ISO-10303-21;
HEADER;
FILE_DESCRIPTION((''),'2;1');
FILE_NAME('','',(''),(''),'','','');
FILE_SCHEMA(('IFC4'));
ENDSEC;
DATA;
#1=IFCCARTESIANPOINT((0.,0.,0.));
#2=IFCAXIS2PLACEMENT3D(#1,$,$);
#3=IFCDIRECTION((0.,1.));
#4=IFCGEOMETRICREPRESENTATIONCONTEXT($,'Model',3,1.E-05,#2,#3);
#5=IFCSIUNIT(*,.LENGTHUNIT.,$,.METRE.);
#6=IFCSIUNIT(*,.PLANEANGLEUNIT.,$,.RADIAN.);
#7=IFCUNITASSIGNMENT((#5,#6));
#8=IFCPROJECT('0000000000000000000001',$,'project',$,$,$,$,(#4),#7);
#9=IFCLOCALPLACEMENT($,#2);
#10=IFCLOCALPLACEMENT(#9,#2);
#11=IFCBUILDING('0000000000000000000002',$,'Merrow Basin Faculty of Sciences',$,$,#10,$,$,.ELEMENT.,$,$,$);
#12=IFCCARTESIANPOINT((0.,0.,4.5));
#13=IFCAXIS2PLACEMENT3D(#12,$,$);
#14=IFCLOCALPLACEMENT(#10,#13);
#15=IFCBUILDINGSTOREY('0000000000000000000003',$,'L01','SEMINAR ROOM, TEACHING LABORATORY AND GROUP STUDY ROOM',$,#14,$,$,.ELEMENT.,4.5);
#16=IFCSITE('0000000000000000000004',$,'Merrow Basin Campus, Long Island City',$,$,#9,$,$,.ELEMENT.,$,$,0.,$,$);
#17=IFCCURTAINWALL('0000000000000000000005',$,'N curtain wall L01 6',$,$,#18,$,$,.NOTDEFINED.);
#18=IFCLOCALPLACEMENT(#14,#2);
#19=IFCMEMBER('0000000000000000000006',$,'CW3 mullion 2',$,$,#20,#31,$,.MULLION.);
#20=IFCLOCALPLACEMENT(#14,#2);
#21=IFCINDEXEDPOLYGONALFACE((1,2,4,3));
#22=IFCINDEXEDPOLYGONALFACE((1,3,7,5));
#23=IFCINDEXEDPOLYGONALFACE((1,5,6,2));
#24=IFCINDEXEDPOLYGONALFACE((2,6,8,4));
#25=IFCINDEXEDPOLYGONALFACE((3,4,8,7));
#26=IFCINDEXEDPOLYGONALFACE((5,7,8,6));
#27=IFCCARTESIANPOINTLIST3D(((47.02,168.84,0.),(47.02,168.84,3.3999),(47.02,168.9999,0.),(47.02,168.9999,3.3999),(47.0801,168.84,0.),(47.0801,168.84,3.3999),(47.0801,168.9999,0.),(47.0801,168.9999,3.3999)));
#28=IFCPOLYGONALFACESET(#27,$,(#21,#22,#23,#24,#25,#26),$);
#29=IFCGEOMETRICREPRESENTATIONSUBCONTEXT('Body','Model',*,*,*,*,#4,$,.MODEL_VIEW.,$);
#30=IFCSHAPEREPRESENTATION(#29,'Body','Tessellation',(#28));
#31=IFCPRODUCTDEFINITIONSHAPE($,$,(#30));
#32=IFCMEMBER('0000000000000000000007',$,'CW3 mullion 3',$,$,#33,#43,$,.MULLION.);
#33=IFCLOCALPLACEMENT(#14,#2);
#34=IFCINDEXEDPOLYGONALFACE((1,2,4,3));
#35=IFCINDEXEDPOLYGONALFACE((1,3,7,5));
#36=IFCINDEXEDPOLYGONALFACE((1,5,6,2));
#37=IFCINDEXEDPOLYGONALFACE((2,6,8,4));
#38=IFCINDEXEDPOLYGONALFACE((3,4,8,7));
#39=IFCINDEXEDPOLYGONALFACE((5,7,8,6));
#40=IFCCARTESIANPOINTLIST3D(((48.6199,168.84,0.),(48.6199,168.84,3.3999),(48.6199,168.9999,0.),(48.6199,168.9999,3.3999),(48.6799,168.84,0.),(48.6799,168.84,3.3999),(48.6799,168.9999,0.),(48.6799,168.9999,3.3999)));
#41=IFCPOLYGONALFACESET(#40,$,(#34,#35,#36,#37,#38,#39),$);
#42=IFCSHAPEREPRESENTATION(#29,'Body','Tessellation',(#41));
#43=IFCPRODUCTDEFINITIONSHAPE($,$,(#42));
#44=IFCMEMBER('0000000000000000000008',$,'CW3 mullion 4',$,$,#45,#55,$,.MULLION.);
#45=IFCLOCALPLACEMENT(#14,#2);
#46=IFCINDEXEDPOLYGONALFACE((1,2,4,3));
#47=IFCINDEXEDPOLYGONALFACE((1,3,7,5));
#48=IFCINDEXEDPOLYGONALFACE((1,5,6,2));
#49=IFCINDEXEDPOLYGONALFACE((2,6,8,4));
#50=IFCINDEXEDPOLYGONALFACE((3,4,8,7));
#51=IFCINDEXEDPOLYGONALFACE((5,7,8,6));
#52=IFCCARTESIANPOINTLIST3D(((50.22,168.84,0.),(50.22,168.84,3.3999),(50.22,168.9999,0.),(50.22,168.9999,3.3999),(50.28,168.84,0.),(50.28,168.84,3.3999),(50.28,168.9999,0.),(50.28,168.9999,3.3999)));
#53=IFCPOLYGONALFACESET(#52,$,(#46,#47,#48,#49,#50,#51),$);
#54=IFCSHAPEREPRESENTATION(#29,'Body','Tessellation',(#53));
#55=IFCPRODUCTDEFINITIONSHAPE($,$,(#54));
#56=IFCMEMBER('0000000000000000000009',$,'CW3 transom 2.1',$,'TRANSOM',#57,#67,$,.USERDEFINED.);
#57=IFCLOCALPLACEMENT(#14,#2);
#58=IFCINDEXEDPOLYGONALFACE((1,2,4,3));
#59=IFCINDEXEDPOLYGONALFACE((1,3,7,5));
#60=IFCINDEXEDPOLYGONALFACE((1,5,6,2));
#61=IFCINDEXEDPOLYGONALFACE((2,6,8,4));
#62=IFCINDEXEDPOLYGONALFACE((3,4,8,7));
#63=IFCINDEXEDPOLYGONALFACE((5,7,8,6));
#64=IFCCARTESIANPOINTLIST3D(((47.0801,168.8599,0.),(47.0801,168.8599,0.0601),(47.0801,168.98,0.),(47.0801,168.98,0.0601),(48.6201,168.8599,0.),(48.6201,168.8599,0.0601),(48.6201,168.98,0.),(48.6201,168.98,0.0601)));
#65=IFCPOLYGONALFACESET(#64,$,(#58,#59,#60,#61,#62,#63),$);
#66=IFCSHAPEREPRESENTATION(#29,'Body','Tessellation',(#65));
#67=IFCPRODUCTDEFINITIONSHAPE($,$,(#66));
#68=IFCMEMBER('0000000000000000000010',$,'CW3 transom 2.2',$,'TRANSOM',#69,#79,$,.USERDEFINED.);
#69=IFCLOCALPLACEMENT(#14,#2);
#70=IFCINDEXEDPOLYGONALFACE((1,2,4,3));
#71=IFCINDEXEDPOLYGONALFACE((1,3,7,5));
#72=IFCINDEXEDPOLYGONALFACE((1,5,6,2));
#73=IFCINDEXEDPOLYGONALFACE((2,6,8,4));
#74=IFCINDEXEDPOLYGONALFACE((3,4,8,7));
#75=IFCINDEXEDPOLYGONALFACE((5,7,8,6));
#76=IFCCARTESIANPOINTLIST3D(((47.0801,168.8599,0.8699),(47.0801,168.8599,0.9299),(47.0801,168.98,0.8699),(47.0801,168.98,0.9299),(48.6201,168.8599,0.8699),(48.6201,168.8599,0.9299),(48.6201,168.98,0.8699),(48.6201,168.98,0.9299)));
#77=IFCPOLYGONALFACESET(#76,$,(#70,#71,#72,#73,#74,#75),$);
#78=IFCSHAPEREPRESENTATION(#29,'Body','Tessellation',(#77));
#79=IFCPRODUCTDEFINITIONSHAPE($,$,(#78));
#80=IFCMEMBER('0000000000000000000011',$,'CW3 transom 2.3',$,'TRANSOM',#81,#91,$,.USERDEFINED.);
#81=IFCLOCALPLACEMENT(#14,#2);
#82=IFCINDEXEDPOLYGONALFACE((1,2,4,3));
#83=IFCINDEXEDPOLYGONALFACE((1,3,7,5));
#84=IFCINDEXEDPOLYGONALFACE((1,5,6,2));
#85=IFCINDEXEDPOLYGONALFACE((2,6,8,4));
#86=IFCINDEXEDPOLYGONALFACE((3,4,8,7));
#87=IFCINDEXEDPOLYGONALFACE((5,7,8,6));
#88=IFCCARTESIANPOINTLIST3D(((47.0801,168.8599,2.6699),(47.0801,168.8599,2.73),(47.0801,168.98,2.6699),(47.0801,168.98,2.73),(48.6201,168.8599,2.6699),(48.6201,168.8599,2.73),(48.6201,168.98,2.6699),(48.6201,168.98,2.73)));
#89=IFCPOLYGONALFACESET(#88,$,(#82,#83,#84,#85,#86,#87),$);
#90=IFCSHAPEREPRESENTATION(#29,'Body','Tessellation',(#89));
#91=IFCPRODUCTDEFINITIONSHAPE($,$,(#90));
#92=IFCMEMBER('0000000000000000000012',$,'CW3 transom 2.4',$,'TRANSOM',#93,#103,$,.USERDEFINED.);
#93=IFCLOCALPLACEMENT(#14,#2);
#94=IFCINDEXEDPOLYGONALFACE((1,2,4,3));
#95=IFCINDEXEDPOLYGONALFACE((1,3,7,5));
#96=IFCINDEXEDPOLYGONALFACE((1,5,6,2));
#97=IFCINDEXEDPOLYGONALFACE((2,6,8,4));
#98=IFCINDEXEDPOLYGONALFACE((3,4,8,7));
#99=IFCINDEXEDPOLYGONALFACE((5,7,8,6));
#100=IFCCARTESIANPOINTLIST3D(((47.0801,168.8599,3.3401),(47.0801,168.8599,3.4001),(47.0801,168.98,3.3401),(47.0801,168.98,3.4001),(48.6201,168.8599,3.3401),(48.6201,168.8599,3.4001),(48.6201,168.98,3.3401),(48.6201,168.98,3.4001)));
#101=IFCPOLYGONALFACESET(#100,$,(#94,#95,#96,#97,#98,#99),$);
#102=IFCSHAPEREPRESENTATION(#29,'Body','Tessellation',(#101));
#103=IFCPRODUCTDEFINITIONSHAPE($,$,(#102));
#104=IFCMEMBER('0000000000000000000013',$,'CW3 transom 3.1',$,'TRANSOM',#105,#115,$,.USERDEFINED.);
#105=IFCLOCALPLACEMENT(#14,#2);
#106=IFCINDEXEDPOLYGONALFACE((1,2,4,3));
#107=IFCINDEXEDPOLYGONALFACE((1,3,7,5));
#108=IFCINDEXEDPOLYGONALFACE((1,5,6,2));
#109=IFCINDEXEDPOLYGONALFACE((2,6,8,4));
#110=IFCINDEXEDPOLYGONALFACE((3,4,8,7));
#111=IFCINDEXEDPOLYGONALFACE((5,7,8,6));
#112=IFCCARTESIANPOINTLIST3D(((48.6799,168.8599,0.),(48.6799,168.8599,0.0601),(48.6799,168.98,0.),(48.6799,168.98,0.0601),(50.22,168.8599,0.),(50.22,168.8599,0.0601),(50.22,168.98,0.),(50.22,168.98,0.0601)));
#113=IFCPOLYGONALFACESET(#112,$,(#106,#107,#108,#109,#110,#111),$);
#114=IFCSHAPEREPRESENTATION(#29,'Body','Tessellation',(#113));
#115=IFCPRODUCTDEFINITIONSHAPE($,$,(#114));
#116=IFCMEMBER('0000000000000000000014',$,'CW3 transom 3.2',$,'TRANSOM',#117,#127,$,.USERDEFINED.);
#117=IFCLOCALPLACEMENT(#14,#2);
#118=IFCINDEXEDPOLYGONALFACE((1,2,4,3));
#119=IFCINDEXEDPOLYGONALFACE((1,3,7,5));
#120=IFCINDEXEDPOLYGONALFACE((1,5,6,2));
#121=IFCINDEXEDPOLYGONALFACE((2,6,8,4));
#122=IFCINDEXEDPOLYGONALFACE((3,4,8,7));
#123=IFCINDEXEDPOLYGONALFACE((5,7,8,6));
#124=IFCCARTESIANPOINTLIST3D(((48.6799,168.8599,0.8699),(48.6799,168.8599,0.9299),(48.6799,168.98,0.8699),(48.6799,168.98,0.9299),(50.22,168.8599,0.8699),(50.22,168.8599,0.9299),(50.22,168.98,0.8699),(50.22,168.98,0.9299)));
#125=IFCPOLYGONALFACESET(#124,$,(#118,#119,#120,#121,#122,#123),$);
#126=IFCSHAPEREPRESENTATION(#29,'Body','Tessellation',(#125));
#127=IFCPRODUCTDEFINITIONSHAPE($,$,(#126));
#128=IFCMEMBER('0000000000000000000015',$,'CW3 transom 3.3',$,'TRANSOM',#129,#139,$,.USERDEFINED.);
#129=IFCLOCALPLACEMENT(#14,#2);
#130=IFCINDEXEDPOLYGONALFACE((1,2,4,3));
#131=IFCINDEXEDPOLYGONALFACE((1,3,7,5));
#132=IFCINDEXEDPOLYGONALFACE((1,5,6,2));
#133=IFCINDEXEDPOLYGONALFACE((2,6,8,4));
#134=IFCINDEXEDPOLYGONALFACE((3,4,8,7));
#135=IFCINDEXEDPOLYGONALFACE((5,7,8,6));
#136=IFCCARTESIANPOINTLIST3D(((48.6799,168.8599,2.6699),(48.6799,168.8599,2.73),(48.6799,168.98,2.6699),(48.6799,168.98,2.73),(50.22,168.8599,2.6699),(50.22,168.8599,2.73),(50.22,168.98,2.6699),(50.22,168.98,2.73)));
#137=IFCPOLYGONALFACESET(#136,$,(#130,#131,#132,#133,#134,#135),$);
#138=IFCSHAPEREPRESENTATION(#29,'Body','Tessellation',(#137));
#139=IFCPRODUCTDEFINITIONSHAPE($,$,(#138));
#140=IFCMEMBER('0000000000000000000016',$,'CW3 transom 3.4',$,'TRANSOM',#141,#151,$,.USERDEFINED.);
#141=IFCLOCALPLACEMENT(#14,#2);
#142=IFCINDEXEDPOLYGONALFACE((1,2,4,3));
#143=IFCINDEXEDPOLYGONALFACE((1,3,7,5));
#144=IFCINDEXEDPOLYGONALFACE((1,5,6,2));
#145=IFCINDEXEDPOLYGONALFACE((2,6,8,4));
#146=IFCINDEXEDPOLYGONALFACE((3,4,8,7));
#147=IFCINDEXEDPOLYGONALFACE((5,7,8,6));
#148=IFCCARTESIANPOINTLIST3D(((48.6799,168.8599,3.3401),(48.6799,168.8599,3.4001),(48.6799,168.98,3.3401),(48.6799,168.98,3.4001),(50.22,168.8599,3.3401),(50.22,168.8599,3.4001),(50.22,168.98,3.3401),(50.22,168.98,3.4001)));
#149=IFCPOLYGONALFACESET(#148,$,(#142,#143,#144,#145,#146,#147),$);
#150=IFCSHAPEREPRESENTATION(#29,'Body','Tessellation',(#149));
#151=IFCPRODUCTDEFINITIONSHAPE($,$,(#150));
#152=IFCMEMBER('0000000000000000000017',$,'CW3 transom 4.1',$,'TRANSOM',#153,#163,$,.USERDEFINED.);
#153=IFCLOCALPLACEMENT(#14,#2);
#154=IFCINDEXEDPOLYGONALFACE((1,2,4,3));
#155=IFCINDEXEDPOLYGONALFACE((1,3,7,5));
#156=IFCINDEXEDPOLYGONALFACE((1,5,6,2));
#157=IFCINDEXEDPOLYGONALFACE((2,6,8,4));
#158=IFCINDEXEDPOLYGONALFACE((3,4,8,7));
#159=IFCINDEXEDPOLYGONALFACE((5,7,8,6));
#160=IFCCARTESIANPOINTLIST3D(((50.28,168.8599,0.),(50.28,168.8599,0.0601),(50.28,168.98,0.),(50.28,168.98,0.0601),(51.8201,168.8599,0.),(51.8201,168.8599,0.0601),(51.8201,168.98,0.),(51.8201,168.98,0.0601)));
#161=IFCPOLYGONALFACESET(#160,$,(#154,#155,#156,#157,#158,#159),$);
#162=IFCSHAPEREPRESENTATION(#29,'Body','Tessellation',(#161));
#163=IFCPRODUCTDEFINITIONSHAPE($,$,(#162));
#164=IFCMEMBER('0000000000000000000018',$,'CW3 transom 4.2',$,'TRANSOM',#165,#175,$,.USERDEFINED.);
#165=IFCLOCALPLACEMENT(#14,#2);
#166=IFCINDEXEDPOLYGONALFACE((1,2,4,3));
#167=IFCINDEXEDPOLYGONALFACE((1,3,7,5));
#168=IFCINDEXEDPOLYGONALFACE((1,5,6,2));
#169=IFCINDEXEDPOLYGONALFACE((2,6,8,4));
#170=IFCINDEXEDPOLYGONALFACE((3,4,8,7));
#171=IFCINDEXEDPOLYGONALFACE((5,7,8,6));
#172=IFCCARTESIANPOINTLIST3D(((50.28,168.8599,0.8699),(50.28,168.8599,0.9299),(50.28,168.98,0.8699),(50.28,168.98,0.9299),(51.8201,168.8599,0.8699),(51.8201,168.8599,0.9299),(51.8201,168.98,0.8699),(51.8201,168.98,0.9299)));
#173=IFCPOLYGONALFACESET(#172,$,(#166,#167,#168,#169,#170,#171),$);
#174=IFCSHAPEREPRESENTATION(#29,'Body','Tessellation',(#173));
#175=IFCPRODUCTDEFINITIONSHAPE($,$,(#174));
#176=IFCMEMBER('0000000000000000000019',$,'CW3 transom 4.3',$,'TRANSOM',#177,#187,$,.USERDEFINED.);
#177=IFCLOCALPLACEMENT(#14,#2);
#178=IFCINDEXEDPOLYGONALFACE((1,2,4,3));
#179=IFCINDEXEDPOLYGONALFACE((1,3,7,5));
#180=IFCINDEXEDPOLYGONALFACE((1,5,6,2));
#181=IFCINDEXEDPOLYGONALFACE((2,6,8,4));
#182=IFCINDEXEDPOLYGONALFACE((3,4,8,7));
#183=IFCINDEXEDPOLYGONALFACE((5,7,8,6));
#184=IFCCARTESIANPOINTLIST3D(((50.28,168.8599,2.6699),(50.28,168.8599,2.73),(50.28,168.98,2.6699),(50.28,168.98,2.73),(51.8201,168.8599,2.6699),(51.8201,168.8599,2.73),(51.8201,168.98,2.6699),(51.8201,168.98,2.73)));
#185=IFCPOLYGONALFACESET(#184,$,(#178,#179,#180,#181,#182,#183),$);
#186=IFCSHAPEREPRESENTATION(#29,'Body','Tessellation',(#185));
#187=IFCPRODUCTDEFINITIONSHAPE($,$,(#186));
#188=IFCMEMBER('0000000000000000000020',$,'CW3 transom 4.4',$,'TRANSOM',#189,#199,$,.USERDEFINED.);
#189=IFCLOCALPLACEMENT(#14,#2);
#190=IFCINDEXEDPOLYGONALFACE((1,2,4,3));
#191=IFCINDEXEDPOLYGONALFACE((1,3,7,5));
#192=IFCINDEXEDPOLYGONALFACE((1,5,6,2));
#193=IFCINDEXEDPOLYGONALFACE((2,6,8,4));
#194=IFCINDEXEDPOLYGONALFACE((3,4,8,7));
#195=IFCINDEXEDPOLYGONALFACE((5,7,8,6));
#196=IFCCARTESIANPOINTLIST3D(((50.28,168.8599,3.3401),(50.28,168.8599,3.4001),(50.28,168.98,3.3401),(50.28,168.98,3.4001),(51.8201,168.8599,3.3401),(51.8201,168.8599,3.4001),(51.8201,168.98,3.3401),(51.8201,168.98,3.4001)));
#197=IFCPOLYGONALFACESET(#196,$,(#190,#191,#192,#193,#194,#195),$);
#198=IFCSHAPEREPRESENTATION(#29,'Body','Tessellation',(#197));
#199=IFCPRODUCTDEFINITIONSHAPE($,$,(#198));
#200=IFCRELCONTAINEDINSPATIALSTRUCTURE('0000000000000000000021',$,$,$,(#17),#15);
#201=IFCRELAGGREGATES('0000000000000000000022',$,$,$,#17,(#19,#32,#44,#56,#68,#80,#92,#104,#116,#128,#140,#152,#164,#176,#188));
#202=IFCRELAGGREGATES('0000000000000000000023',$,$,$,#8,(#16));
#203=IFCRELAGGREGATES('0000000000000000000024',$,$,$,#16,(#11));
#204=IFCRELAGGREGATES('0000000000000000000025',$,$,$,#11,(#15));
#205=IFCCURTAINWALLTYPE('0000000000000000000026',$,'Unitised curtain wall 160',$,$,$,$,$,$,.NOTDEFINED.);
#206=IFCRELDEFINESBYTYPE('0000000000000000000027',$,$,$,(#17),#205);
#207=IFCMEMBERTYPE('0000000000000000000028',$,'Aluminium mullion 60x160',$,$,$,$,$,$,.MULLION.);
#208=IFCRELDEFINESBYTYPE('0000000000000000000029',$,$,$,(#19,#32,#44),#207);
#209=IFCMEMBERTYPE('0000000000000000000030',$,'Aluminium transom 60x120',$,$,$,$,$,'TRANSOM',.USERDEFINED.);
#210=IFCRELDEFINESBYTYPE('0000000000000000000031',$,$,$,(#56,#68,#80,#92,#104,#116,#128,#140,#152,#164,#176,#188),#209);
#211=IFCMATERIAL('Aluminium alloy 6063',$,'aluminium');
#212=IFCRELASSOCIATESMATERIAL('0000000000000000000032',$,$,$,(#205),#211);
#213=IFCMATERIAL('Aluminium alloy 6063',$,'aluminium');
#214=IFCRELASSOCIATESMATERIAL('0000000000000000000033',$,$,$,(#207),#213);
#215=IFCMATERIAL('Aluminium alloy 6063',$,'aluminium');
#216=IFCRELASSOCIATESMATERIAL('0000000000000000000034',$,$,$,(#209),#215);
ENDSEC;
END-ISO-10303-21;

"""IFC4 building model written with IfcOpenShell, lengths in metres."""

from ifc_helpers import new_model, si_unit, direction, frame, origin, origin_2d, place, context, subcontext, project, spatial, rectangle, extrude, material, material_profile, profile_set, type_object, element, aggregate, save


model = new_model("IFC4")

# Units and contexts
model_context = context("Model", 3, precision=1e-05, world=origin(), true_north=direction((0.0, 1.0)))
body_context = subcontext(model_context, "Body", "Model", "MODEL_VIEW")
ifc_project = project(units=[si_unit("LENGTHUNIT", "METRE"), si_unit("PLANEANGLEUNIT", "RADIAN")], contexts=[model_context])

# Site, building, storey
site_placement = place(None, origin())
site = spatial("IfcSite", under=ifc_project, at=site_placement, Name="Merrow Basin Campus, Long Island City", CompositionType="ELEMENT", RefElevation=0.0)
building_placement = place(site_placement, origin())
building = spatial("IfcBuilding", under=site, at=building_placement, Name="Merrow Basin Faculty of Sciences", CompositionType="ELEMENT")
storey_placement = place(building_placement, frame((0.0, 0.0, 4.5)))
storey = spatial("IfcBuildingStorey", under=building, at=storey_placement, Name="L01", Description="SEMINAR ROOM, TEACHING LABORATORY AND GROUP STUDY ROOM", CompositionType="ELEMENT", Elevation=4.5)

# Curtain wall, members
ifc_material_1 = material(Name="Aluminium alloy 6063", Category="aluminium")
curtain_wall_type = type_object("IfcCurtainWallType", Name="Unitised curtain wall 160", PredefinedType="NOTDEFINED", material=ifc_material_1)
curtain_wall_placement = place(storey_placement, origin())
curtain_wall = element("IfcCurtainWall", 1, at=curtain_wall_placement, inside=storey, type_object=curtain_wall_type, Name="N curtain wall L01 6", PredefinedType="NOTDEFINED")
ifc_material_2 = material(Name="Aluminium alloy 6063", Category="aluminium")
ifc_material_profile_1 = material_profile(ifc_material_2, rectangle(XDim=0.1599, YDim=0.0601, at=origin_2d()))
ifc_profile_set_1 = profile_set([ifc_material_profile_1], Name="Aluminium alloy 6063")
member_type_1 = type_object("IfcMemberType", Name="Aluminium mullion 60x160", PredefinedType="MULLION", material=ifc_profile_set_1)
member_1_placement = place(storey_placement, frame((47.05, 168.9199, 0.0), z_axis=(0.0, 0.0, 1.0), x_axis=(0.0, 1.0, 0.0)))
member_1 = element("IfcMember", 2, at=member_1_placement, type_object=member_type_1, Name="CW3 mullion 2", PredefinedType="MULLION", context=body_context, shape_type="SweptSolid", body=[
    extrude(rectangle(XDim=0.1599, YDim=0.0601, at=origin_2d()), origin(), (0.0, 0.0, 1.0), 3.3999),
])
member_2_placement = place(storey_placement, frame((48.6499, 168.9199, 0.0), z_axis=(0.0, 0.0, 1.0), x_axis=(0.0, 1.0, 0.0)))
member_2 = element("IfcMember", 3, at=member_2_placement, type_object=member_type_1, Name="CW3 mullion 3", PredefinedType="MULLION", context=body_context, shape_type="SweptSolid", body=[
    extrude(rectangle(XDim=0.1599, YDim=0.0601, at=origin_2d()), origin(), (0.0, 0.0, 1.0), 3.3999),
])
member_3_placement = place(storey_placement, frame((50.25, 168.9199, 0.0), z_axis=(0.0, 0.0, 1.0), x_axis=(0.0, 1.0, 0.0)))
member_3 = element("IfcMember", 4, at=member_3_placement, type_object=member_type_1, Name="CW3 mullion 4", PredefinedType="MULLION", context=body_context, shape_type="SweptSolid", body=[
    extrude(rectangle(XDim=0.1599, YDim=0.0601, at=origin_2d()), origin(), (0.0, 0.0, 1.0), 3.3999),
])
ifc_material_3 = material(Name="Aluminium alloy 6063", Category="aluminium")
ifc_material_profile_2 = material_profile(ifc_material_3, rectangle(XDim=0.1201, YDim=0.0601, at=origin_2d()))
ifc_profile_set_2 = profile_set([ifc_material_profile_2], Name="Aluminium alloy 6063")
member_type_2 = type_object("IfcMemberType", Name="Aluminium transom 60x120", ElementType="TRANSOM", PredefinedType="USERDEFINED", material=ifc_profile_set_2)
member_4_placement = place(storey_placement, frame((47.0801, 168.9199, 0.03), z_axis=(1.0, 0.0, 0.0), x_axis=(0.0, 1.0, 0.0)))
member_4 = element("IfcMember", 5, at=member_4_placement, type_object=member_type_2, Name="CW3 transom 2.1", ObjectType="TRANSOM", PredefinedType="USERDEFINED", context=body_context, shape_type="SweptSolid", body=[
    extrude(rectangle(XDim=0.1201, YDim=0.0601, at=origin_2d()), origin(), (0.0, 0.0, 1.0), 1.54),
])
member_5_placement = place(storey_placement, frame((47.0801, 168.9199, 0.8999), z_axis=(1.0, 0.0, 0.0), x_axis=(0.0, 1.0, 0.0)))
member_5 = element("IfcMember", 6, at=member_5_placement, type_object=member_type_2, Name="CW3 transom 2.2", ObjectType="TRANSOM", PredefinedType="USERDEFINED", context=body_context, shape_type="SweptSolid", body=[
    extrude(rectangle(XDim=0.1201, YDim=0.0601, at=origin_2d()), origin(), (0.0, 0.0, 1.0), 1.54),
])
member_6_placement = place(storey_placement, frame((47.0801, 168.9199, 2.7), z_axis=(1.0, 0.0, 0.0), x_axis=(0.0, 1.0, 0.0)))
member_6 = element("IfcMember", 7, at=member_6_placement, type_object=member_type_2, Name="CW3 transom 2.3", ObjectType="TRANSOM", PredefinedType="USERDEFINED", context=body_context, shape_type="SweptSolid", body=[
    extrude(rectangle(XDim=0.1201, YDim=0.0601, at=origin_2d()), origin(), (0.0, 0.0, 1.0), 1.54),
])
member_7_placement = place(storey_placement, frame((47.0801, 168.9199, 3.3701), z_axis=(1.0, 0.0, 0.0), x_axis=(0.0, 1.0, 0.0)))
member_7 = element("IfcMember", 8, at=member_7_placement, type_object=member_type_2, Name="CW3 transom 2.4", ObjectType="TRANSOM", PredefinedType="USERDEFINED", context=body_context, shape_type="SweptSolid", body=[
    extrude(rectangle(XDim=0.1201, YDim=0.0601, at=origin_2d()), origin(), (0.0, 0.0, 1.0), 1.54),
])
member_8_placement = place(storey_placement, frame((48.6799, 168.9199, 0.03), z_axis=(1.0, 0.0, 0.0), x_axis=(0.0, 1.0, 0.0)))
member_8 = element("IfcMember", 9, at=member_8_placement, type_object=member_type_2, Name="CW3 transom 3.1", ObjectType="TRANSOM", PredefinedType="USERDEFINED", context=body_context, shape_type="SweptSolid", body=[
    extrude(rectangle(XDim=0.1201, YDim=0.0601, at=origin_2d()), origin(), (0.0, 0.0, 1.0), 1.54),
])
member_9_placement = place(storey_placement, frame((48.6799, 168.9199, 0.8999), z_axis=(1.0, 0.0, 0.0), x_axis=(0.0, 1.0, 0.0)))
member_9 = element("IfcMember", 10, at=member_9_placement, type_object=member_type_2, Name="CW3 transom 3.2", ObjectType="TRANSOM", PredefinedType="USERDEFINED", context=body_context, shape_type="SweptSolid", body=[
    extrude(rectangle(XDim=0.1201, YDim=0.0601, at=origin_2d()), origin(), (0.0, 0.0, 1.0), 1.54),
])
member_10_placement = place(storey_placement, frame((48.6799, 168.9199, 2.7), z_axis=(1.0, 0.0, 0.0), x_axis=(0.0, 1.0, 0.0)))
member_10 = element("IfcMember", 11, at=member_10_placement, type_object=member_type_2, Name="CW3 transom 3.3", ObjectType="TRANSOM", PredefinedType="USERDEFINED", context=body_context, shape_type="SweptSolid", body=[
    extrude(rectangle(XDim=0.1201, YDim=0.0601, at=origin_2d()), origin(), (0.0, 0.0, 1.0), 1.54),
])
member_11_placement = place(storey_placement, frame((48.6799, 168.9199, 3.3701), z_axis=(1.0, 0.0, 0.0), x_axis=(0.0, 1.0, 0.0)))
member_11 = element("IfcMember", 12, at=member_11_placement, type_object=member_type_2, Name="CW3 transom 3.4", ObjectType="TRANSOM", PredefinedType="USERDEFINED", context=body_context, shape_type="SweptSolid", body=[
    extrude(rectangle(XDim=0.1201, YDim=0.0601, at=origin_2d()), origin(), (0.0, 0.0, 1.0), 1.54),
])
member_12_placement = place(storey_placement, frame((50.28, 168.9199, 0.03), z_axis=(1.0, 0.0, 0.0), x_axis=(0.0, 1.0, 0.0)))
member_12 = element("IfcMember", 13, at=member_12_placement, type_object=member_type_2, Name="CW3 transom 4.1", ObjectType="TRANSOM", PredefinedType="USERDEFINED", context=body_context, shape_type="SweptSolid", body=[
    extrude(rectangle(XDim=0.1201, YDim=0.0601, at=origin_2d()), origin(), (0.0, 0.0, 1.0), 1.54),
])
member_13_placement = place(storey_placement, frame((50.28, 168.9199, 0.8999), z_axis=(1.0, 0.0, 0.0), x_axis=(0.0, 1.0, 0.0)))
member_13 = element("IfcMember", 14, at=member_13_placement, type_object=member_type_2, Name="CW3 transom 4.2", ObjectType="TRANSOM", PredefinedType="USERDEFINED", context=body_context, shape_type="SweptSolid", body=[
    extrude(rectangle(XDim=0.1201, YDim=0.0601, at=origin_2d()), origin(), (0.0, 0.0, 1.0), 1.54),
])
member_14_placement = place(storey_placement, frame((50.28, 168.9199, 2.7), z_axis=(1.0, 0.0, 0.0), x_axis=(0.0, 1.0, 0.0)))
member_14 = element("IfcMember", 15, at=member_14_placement, type_object=member_type_2, Name="CW3 transom 4.3", ObjectType="TRANSOM", PredefinedType="USERDEFINED", context=body_context, shape_type="SweptSolid", body=[
    extrude(rectangle(XDim=0.1201, YDim=0.0601, at=origin_2d()), origin(), (0.0, 0.0, 1.0), 1.54),
])
member_15_placement = place(storey_placement, frame((50.28, 168.9199, 3.3701), z_axis=(1.0, 0.0, 0.0), x_axis=(0.0, 1.0, 0.0)))
member_15 = element("IfcMember", 16, at=member_15_placement, type_object=member_type_2, Name="CW3 transom 4.4", ObjectType="TRANSOM", PredefinedType="USERDEFINED", context=body_context, shape_type="SweptSolid", body=[
    extrude(rectangle(XDim=0.1201, YDim=0.0601, at=origin_2d()), origin(), (0.0, 0.0, 1.0), 1.54),
])
aggregate(curtain_wall, [member_1, member_2, member_3, member_4, member_5, member_6, member_7, member_8, member_9, member_10, member_11, member_12, member_13, member_14, member_15])

save(model, "model.ifc")
